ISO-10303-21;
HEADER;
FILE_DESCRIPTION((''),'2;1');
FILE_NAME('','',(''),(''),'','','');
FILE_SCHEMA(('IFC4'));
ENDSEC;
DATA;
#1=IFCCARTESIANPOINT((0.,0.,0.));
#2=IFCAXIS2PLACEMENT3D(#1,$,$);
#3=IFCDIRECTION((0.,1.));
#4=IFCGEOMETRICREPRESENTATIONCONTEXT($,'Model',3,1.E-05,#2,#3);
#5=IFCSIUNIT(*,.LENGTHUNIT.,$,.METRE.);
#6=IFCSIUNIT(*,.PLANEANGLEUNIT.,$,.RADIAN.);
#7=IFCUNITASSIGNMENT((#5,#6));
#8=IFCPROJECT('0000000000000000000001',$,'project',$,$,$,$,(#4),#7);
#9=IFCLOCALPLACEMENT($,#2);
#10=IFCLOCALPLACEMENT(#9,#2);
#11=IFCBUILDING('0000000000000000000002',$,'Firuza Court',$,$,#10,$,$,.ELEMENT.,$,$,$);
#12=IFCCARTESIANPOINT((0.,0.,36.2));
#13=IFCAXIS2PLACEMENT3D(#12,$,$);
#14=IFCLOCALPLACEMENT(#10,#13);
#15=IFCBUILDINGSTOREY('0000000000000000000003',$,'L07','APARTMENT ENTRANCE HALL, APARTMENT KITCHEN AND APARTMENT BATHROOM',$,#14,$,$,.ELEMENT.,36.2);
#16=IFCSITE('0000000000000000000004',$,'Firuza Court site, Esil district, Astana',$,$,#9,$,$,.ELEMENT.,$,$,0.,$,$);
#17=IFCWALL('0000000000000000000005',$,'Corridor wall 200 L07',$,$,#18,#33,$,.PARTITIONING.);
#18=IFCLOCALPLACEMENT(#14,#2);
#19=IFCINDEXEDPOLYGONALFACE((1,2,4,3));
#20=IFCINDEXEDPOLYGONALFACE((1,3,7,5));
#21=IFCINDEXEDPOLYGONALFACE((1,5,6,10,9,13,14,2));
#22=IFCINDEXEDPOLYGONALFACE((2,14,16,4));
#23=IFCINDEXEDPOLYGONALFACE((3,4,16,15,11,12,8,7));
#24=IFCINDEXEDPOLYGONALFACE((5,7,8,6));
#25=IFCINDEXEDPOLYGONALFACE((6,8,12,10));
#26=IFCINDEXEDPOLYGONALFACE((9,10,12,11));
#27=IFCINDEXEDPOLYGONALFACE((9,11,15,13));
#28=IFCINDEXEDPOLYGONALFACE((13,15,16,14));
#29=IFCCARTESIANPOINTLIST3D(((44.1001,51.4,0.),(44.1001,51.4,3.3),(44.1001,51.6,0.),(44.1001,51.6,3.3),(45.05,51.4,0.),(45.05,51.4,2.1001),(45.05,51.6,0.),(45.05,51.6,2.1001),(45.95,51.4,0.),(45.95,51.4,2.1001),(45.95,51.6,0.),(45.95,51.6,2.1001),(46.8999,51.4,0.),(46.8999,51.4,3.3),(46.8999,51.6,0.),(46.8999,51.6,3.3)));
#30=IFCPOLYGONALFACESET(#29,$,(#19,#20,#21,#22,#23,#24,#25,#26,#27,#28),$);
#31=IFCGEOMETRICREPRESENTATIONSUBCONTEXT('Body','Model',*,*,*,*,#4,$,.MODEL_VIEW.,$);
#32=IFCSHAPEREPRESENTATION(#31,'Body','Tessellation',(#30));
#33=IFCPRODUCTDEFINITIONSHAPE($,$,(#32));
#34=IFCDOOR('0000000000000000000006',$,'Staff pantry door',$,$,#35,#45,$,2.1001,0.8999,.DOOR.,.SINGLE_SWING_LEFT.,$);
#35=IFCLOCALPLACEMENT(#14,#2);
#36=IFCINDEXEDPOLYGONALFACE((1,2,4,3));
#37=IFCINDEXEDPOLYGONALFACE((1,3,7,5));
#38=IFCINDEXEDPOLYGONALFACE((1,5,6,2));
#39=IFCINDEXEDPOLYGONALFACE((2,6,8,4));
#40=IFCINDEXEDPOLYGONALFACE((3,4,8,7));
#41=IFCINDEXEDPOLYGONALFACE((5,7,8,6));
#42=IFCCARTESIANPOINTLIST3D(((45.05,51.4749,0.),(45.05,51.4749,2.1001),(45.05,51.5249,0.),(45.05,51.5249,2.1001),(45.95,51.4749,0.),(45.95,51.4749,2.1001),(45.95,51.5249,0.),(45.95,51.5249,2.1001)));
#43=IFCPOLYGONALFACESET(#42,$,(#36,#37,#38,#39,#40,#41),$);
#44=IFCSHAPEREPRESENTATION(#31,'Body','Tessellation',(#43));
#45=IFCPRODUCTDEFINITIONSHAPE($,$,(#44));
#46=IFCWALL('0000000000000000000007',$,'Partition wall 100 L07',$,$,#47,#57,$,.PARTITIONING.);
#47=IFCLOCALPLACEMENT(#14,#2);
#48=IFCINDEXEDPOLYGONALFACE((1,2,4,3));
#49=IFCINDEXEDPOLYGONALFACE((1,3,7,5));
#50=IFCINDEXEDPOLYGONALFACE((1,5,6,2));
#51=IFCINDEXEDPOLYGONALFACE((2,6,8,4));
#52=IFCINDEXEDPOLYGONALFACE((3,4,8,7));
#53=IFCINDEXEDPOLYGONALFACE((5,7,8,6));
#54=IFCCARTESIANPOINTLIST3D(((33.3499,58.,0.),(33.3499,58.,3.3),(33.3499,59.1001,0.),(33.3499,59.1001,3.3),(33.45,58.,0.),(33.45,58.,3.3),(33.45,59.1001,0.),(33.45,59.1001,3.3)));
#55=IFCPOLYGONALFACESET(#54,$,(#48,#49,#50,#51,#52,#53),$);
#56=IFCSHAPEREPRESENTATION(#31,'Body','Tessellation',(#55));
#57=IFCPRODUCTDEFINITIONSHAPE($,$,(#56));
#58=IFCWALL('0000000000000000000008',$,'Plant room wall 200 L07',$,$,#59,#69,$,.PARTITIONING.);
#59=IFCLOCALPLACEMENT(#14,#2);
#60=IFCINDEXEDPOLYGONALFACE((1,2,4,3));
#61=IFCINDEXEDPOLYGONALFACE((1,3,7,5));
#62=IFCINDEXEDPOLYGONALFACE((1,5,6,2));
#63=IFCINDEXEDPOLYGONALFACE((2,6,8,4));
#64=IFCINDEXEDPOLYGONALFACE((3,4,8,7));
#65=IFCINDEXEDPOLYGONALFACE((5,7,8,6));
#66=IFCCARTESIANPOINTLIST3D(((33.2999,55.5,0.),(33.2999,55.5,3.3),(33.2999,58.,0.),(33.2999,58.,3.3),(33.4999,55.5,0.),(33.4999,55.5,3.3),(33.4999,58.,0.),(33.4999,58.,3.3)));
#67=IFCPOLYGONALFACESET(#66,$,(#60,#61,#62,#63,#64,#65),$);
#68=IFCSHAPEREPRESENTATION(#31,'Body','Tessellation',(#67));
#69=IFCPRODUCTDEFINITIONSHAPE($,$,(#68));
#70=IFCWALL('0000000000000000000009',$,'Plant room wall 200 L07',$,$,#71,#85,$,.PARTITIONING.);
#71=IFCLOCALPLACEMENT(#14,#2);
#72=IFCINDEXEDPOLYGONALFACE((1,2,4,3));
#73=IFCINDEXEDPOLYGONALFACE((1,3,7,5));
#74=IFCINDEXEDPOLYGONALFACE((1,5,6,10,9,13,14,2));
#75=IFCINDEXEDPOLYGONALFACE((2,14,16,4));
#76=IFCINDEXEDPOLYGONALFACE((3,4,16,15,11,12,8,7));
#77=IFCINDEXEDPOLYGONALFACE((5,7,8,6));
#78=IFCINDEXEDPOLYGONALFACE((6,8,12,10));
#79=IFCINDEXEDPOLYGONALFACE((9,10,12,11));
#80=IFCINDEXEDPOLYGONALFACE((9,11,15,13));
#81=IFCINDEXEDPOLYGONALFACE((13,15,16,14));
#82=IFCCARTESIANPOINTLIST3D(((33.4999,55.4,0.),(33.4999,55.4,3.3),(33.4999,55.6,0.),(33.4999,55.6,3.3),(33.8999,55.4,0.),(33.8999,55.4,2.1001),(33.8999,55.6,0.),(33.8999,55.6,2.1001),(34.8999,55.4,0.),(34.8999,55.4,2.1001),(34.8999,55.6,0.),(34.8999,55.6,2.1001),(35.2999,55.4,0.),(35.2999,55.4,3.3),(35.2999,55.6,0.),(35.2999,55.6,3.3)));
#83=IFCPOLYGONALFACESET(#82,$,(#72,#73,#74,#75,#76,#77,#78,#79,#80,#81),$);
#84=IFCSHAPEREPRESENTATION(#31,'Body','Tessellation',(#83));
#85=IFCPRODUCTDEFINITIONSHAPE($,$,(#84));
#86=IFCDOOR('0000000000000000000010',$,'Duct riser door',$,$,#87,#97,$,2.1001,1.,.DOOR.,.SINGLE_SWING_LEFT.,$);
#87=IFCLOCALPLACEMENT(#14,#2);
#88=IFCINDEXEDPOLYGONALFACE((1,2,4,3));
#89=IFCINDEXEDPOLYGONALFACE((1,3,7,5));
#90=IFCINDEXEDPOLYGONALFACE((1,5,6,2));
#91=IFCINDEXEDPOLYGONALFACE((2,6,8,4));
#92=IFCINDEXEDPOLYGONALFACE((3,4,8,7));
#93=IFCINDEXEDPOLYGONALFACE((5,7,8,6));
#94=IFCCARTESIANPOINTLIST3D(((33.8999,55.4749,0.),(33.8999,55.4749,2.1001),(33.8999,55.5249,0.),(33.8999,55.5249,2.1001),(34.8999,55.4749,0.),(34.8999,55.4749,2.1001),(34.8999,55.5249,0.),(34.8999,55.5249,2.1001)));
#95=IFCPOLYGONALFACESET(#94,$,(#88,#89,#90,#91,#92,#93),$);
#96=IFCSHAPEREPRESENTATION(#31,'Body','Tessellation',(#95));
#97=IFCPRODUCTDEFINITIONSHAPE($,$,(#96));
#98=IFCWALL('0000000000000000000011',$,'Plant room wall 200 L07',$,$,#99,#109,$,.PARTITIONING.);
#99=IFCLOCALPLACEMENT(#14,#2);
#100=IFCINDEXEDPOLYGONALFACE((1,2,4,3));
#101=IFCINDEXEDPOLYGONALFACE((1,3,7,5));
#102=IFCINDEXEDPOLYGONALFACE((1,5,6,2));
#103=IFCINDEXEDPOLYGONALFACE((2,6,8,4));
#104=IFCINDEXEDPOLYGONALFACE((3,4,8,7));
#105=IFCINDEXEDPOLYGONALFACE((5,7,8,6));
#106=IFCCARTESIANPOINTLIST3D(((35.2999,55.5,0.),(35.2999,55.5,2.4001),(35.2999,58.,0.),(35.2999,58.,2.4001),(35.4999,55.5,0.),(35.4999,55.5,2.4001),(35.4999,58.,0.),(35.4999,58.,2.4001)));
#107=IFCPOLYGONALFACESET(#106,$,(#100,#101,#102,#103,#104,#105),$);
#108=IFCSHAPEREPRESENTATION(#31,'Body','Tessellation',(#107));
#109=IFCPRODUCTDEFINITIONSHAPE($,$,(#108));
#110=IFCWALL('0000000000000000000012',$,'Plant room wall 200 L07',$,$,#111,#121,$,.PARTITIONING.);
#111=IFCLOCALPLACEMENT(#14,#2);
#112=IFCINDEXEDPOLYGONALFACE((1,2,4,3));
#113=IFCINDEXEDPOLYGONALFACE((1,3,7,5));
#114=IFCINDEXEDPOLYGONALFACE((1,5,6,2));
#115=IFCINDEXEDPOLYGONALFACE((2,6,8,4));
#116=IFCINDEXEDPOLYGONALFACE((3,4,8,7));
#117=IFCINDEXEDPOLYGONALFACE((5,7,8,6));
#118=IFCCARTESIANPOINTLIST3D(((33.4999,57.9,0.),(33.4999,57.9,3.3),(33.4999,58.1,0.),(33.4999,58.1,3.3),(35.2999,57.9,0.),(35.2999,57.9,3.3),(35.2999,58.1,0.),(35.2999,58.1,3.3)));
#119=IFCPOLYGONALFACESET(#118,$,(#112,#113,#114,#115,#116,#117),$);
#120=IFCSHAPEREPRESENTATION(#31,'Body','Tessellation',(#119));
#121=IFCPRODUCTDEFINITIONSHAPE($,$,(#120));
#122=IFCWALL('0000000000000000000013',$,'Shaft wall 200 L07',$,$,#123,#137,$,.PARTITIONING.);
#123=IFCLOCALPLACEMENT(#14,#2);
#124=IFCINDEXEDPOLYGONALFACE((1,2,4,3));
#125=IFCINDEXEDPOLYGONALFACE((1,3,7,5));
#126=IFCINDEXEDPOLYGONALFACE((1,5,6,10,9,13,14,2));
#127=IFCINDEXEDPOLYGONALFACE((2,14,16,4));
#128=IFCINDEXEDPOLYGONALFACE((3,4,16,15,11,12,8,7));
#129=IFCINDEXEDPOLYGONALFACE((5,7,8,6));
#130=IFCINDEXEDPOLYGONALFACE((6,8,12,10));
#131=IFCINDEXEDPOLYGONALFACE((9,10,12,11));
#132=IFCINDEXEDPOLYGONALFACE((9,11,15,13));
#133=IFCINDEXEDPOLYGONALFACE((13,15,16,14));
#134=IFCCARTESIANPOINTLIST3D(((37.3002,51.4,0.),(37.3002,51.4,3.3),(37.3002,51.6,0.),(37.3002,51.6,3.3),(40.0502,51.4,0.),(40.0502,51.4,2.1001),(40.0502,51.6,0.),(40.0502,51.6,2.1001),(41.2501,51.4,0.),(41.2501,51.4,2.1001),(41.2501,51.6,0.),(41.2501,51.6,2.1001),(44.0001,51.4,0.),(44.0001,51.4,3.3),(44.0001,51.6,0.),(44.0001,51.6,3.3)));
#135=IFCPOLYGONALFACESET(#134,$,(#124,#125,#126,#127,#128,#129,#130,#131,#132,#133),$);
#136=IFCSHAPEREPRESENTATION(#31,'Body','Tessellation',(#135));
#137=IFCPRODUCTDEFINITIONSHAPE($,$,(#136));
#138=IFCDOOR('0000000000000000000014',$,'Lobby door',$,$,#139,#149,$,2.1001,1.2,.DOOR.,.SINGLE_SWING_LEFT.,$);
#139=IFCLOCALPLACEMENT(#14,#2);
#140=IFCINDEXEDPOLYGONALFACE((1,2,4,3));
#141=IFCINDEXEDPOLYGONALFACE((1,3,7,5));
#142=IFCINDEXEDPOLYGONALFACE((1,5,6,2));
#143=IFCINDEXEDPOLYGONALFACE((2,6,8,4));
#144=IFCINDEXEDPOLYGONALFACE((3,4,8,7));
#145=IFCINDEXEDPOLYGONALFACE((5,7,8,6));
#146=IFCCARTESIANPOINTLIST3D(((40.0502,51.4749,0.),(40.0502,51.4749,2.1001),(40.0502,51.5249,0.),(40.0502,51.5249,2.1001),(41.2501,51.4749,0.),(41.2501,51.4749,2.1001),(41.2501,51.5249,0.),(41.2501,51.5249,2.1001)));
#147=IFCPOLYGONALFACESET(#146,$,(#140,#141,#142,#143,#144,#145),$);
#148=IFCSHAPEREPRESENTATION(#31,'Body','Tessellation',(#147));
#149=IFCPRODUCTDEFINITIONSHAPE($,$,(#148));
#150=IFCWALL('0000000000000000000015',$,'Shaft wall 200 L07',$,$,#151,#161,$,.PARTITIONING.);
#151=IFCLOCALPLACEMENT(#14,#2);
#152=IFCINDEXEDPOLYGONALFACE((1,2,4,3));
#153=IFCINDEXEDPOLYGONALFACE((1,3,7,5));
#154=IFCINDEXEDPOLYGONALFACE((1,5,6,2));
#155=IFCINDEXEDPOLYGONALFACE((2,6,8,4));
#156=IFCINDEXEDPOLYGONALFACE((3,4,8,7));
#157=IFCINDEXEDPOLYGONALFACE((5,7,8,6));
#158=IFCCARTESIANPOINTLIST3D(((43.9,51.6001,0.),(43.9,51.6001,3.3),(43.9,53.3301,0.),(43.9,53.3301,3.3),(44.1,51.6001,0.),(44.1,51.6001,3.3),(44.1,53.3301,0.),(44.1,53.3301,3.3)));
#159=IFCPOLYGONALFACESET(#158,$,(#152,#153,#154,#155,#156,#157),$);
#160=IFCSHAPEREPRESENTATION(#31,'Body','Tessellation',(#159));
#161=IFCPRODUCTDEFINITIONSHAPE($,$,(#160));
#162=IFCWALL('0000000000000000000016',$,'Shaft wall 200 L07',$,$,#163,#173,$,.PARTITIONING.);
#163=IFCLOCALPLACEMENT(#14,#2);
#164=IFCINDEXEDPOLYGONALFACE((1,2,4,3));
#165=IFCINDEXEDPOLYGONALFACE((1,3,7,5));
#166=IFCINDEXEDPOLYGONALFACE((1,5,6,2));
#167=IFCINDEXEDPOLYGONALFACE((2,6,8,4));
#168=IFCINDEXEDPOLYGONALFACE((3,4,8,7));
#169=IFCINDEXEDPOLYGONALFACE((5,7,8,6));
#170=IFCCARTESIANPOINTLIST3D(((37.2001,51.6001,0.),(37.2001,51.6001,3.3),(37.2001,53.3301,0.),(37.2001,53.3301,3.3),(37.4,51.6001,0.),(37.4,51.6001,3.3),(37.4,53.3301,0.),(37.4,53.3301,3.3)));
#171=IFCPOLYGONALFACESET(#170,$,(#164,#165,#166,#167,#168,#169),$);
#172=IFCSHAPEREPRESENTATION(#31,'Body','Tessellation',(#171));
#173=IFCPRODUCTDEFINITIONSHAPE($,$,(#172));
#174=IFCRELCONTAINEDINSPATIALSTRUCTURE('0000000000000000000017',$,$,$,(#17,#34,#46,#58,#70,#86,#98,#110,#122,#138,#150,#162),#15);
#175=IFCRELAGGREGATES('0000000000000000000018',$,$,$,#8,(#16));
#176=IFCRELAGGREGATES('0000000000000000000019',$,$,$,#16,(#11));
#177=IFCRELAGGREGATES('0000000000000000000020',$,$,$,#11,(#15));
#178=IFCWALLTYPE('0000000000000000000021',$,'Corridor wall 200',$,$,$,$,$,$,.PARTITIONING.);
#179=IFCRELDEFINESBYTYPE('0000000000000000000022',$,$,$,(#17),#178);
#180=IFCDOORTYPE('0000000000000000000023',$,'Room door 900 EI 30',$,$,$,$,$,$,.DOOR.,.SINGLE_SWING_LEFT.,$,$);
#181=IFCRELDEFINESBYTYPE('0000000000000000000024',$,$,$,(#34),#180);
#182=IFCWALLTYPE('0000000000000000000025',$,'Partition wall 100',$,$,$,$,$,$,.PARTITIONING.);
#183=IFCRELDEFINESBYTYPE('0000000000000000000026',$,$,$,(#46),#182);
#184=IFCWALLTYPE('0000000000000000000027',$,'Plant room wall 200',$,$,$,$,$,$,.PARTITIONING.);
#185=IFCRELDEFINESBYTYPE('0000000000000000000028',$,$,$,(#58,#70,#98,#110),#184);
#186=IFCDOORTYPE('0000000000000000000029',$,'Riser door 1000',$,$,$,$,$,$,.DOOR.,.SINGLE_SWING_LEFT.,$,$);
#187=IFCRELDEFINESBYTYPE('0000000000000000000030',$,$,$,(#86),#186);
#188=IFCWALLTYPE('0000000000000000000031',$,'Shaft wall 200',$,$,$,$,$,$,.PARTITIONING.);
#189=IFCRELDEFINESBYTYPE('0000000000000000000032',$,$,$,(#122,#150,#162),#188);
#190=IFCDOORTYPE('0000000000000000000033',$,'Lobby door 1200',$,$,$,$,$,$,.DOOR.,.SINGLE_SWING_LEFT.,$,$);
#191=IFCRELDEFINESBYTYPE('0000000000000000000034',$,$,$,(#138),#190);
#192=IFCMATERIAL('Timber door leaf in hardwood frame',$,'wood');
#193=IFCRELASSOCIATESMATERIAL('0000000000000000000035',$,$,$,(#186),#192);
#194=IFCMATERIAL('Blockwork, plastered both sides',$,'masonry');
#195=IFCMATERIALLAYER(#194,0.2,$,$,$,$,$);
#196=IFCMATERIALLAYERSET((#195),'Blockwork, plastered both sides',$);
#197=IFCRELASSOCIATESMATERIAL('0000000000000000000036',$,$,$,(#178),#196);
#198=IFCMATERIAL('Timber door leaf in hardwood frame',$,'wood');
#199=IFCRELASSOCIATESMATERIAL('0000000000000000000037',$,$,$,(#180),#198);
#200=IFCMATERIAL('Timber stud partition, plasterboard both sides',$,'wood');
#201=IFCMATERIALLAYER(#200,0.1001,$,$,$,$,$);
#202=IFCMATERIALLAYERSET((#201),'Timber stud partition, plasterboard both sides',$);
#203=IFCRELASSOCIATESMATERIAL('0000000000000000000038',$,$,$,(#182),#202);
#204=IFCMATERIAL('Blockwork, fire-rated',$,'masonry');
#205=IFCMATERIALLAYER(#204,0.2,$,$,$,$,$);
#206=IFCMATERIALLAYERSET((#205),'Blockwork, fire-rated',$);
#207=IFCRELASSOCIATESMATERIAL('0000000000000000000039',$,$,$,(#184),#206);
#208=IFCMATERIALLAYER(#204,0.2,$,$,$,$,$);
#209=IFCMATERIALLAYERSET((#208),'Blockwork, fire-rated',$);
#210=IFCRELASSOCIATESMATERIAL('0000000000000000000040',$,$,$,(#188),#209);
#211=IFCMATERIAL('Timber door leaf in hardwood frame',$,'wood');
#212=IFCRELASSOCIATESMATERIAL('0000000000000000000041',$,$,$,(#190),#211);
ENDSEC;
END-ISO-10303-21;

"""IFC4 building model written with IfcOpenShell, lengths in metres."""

from ifc_helpers import new_model, si_unit, direction, frame, frame_2d, origin, place, context, subcontext, project, spatial, rectangle, extrude, material, layer, layer_set, type_object, element, fill, save


model = new_model("IFC4")

# Units and contexts
model_context = context("Model", 3, precision=1e-05, world=origin(), true_north=direction((0.0, 1.0)))
body_context = subcontext(model_context, "Body", "Model", "MODEL_VIEW")
ifc_project = project(units=[si_unit("LENGTHUNIT", "METRE"), si_unit("PLANEANGLEUNIT", "RADIAN")], contexts=[model_context])

# Site, building, storey
site_placement = place(None, origin())
site = spatial("IfcSite", under=ifc_project, at=site_placement, Name="Firuza Court site, Esil district, Astana", CompositionType="ELEMENT", RefElevation=0.0)
building_placement = place(site_placement, origin())
building = spatial("IfcBuilding", under=site, at=building_placement, Name="Firuza Court", CompositionType="ELEMENT")
storey_placement = place(building_placement, frame((0.0, 0.0, 36.2)))
storey = spatial("IfcBuildingStorey", under=building, at=storey_placement, Name="L07", Description="APARTMENT ENTRANCE HALL, APARTMENT KITCHEN AND APARTMENT BATHROOM", CompositionType="ELEMENT", Elevation=36.2)

# Shared definitions
ifc_material_1 = material(Name="Timber door leaf in hardwood frame", Category="wood")
door_type_1 = type_object("IfcDoorType", Name="Riser door 1000", OperationType="SINGLE_SWING_LEFT", PredefinedType="DOOR", material=ifc_material_1)

# Wall, opening, door
ifc_material_2 = material(Name="Blockwork, plastered both sides", Category="masonry")
ifc_layer_1 = layer(ifc_material_2, 0.2)
ifc_layer_set_1 = layer_set([ifc_layer_1], Name="Blockwork, plastered both sides")
wall_type_1 = type_object("IfcWallType", Name="Corridor wall 200", PredefinedType="PARTITIONING", material=ifc_layer_set_1)
wall_1_placement = place(storey_placement, frame((44.1001, 51.5, 0.0), z_axis=(0.0, 0.0, 1.0), x_axis=(1.0, 0.0, 0.0)))
wall_1 = element("IfcWall", 1, at=wall_1_placement, inside=storey, type_object=wall_type_1, Name="Corridor wall 200 L07", PredefinedType="PARTITIONING", context=body_context, shape_type="SweptSolid", body=[
    extrude(rectangle(XDim=2.7998, YDim=0.2, at=frame_2d((1.3999, 0.0))), origin(), (0.0, 0.0, 1.0), 3.3),
])
opening_1_placement = place(wall_1_placement, frame((0.95, 0.0, 0.0)))
opening_1 = element("IfcOpeningElement", 2, at=opening_1_placement, cuts=wall_1, PredefinedType="OPENING", context=body_context, shape_type="SweptSolid", body=[
    extrude(rectangle(XDim=0.8999, YDim=2.1001, at=frame_2d((0.45, 1.05))), frame((0.0, 0.1118, 0.0), z_axis=(0.0, -1.0, 0.0), x_axis=(1.0, 0.0, 0.0)), (0.0, 0.0, 1.0), 0.2239),
])
ifc_material_3 = material(Name="Timber door leaf in hardwood frame", Category="wood")
door_type_2 = type_object("IfcDoorType", Name="Room door 900 EI 30", OperationType="SINGLE_SWING_LEFT", PredefinedType="DOOR", material=ifc_material_3)
door_1_placement = place(opening_1_placement, origin())
door_1 = element("IfcDoor", 3, at=door_1_placement, inside=storey, type_object=door_type_2, Name="Staff pantry door", OperationType="SINGLE_SWING_LEFT", OverallHeight=2.1001, OverallWidth=0.8999, PredefinedType="DOOR", context=body_context, shape_type="SweptSolid", body=[
    extrude(rectangle(XDim=0.8999, YDim=2.1001, at=frame_2d((0.45, 1.05))), frame((0.0, 0.0249, 0.0), z_axis=(0.0, -1.0, 0.0), x_axis=(1.0, 0.0, 0.0)), (0.0, 0.0, 1.0), 0.05),
])
fill(opening_1, door_1)

# Walls
ifc_material_4 = material(Name="Timber stud partition, plasterboard both sides", Category="wood")
ifc_layer_2 = layer(ifc_material_4, 0.1001)
ifc_layer_set_2 = layer_set([ifc_layer_2], Name="Timber stud partition, plasterboard both sides")
wall_type_2 = type_object("IfcWallType", Name="Partition wall 100", PredefinedType="PARTITIONING", material=ifc_layer_set_2)
wall_2_placement = place(storey_placement, frame((33.3999, 58.0, 0.0), z_axis=(0.0, 0.0, 1.0), x_axis=(0.0, 1.0, 0.0)))
element("IfcWall", 4, at=wall_2_placement, inside=storey, type_object=wall_type_2, Name="Partition wall 100 L07", PredefinedType="PARTITIONING", context=body_context, shape_type="SweptSolid", body=[
    extrude(rectangle(XDim=1.1001, YDim=0.1001, at=frame_2d((0.55, 0.0))), origin(), (0.0, 0.0, 1.0), 3.3),
])
ifc_material_5 = material(Name="Blockwork, fire-rated", Category="masonry")
ifc_layer_3 = layer(ifc_material_5, 0.2)
ifc_layer_set_3 = layer_set([ifc_layer_3], Name="Blockwork, fire-rated")
wall_type_3 = type_object("IfcWallType", Name="Plant room wall 200", PredefinedType="PARTITIONING", material=ifc_layer_set_3)
wall_3_placement = place(storey_placement, frame((33.3999, 55.5, 0.0), z_axis=(0.0, 0.0, 1.0), x_axis=(0.0, 1.0, 0.0)))
element("IfcWall", 5, at=wall_3_placement, inside=storey, type_object=wall_type_3, Name="Plant room wall 200 L07", PredefinedType="PARTITIONING", context=body_context, shape_type="SweptSolid", body=[
    extrude(rectangle(XDim=2.5, YDim=0.2, at=frame_2d((1.25, 0.0))), origin(), (0.0, 0.0, 1.0), 3.3),
])

# Wall, opening, door
wall_4_placement = place(storey_placement, frame((33.5, 55.5, 0.0), z_axis=(0.0, 0.0, 1.0), x_axis=(1.0, 0.0, 0.0)))
wall_4 = element("IfcWall", 6, at=wall_4_placement, inside=storey, type_object=wall_type_3, Name="Plant room wall 200 L07", PredefinedType="PARTITIONING", context=body_context, shape_type="SweptSolid", body=[
    extrude(rectangle(XDim=1.8, YDim=0.2, at=frame_2d((0.8999, 0.0))), origin(), (0.0, 0.0, 1.0), 3.3),
])
opening_2_placement = place(wall_4_placement, frame((0.3999, 0.0, 0.0)))
opening_2 = element("IfcOpeningElement", 7, at=opening_2_placement, cuts=wall_4, PredefinedType="OPENING", context=body_context, shape_type="SweptSolid", body=[
    extrude(rectangle(XDim=1.0, YDim=2.1001, at=frame_2d((0.5, 1.05))), frame((0.0, 0.1118, 0.0), z_axis=(0.0, -1.0, 0.0), x_axis=(1.0, 0.0, 0.0)), (0.0, 0.0, 1.0), 0.2239),
])
door_2_placement = place(opening_2_placement, origin())
door_2 = element("IfcDoor", 8, at=door_2_placement, inside=storey, type_object=door_type_1, Name="Duct riser door", OperationType="SINGLE_SWING_LEFT", OverallHeight=2.1001, OverallWidth=1.0, PredefinedType="DOOR", context=body_context, shape_type="SweptSolid", body=[
    extrude(rectangle(XDim=1.0, YDim=2.1001, at=frame_2d((0.5, 1.05))), frame((0.0, 0.0249, 0.0), z_axis=(0.0, -1.0, 0.0), x_axis=(1.0, 0.0, 0.0)), (0.0, 0.0, 1.0), 0.05),
])
fill(opening_2, door_2)

# Walls
wall_5_placement = place(storey_placement, frame((35.3999, 55.5, 0.0), z_axis=(0.0, 0.0, 1.0), x_axis=(0.0, 1.0, 0.0)))
element("IfcWall", 9, at=wall_5_placement, inside=storey, type_object=wall_type_3, Name="Plant room wall 200 L07", PredefinedType="PARTITIONING", context=body_context, shape_type="SweptSolid", body=[
    extrude(rectangle(XDim=2.5, YDim=0.2, at=frame_2d((1.25, 0.0))), origin(), (0.0, 0.0, 1.0), 2.4001),
])
wall_6_placement = place(storey_placement, frame((33.5, 58.0, 0.0), z_axis=(0.0, 0.0, 1.0), x_axis=(1.0, 0.0, 0.0)))
element("IfcWall", 10, at=wall_6_placement, inside=storey, type_object=wall_type_3, Name="Plant room wall 200 L07", PredefinedType="PARTITIONING", context=body_context, shape_type="SweptSolid", body=[
    extrude(rectangle(XDim=1.8, YDim=0.2, at=frame_2d((0.8999, 0.0))), origin(), (0.0, 0.0, 1.0), 3.3),
])

# Wall, opening, door
ifc_layer_4 = layer(ifc_material_5, 0.2)
ifc_layer_set_4 = layer_set([ifc_layer_4], Name="Blockwork, fire-rated")
wall_type_4 = type_object("IfcWallType", Name="Shaft wall 200", PredefinedType="PARTITIONING", material=ifc_layer_set_4)
wall_7_placement = place(storey_placement, frame((37.3, 51.5, 0.0), z_axis=(0.0, 0.0, 1.0), x_axis=(1.0, 0.0, 0.0)))
wall_7 = element("IfcWall", 11, at=wall_7_placement, inside=storey, type_object=wall_type_4, Name="Shaft wall 200 L07", PredefinedType="PARTITIONING", context=body_context, shape_type="SweptSolid", body=[
    extrude(rectangle(XDim=6.7, YDim=0.2, at=frame_2d((3.3501, 0.0))), origin(), (0.0, 0.0, 1.0), 3.3),
])
opening_3_placement = place(wall_7_placement, frame((2.75, 0.0, 0.0)))
opening_3 = element("IfcOpeningElement", 12, at=opening_3_placement, cuts=wall_7, PredefinedType="OPENING", context=body_context, shape_type="SweptSolid", body=[
    extrude(rectangle(XDim=1.2, YDim=2.1001, at=frame_2d((0.6001, 1.05))), frame((0.0, 0.1118, 0.0), z_axis=(0.0, -1.0, 0.0), x_axis=(1.0, 0.0, 0.0)), (0.0, 0.0, 1.0), 0.2239),
])
ifc_material_6 = material(Name="Timber door leaf in hardwood frame", Category="wood")
door_type_3 = type_object("IfcDoorType", Name="Lobby door 1200", OperationType="SINGLE_SWING_LEFT", PredefinedType="DOOR", material=ifc_material_6)
door_3_placement = place(opening_3_placement, origin())
door_3 = element("IfcDoor", 13, at=door_3_placement, inside=storey, type_object=door_type_3, Name="Lobby door", OperationType="SINGLE_SWING_LEFT", OverallHeight=2.1001, OverallWidth=1.2, PredefinedType="DOOR", context=body_context, shape_type="SweptSolid", body=[
    extrude(rectangle(XDim=1.2, YDim=2.1001, at=frame_2d((0.6001, 1.05))), frame((0.0, 0.0249, 0.0), z_axis=(0.0, -1.0, 0.0), x_axis=(1.0, 0.0, 0.0)), (0.0, 0.0, 1.0), 0.05),
])
fill(opening_3, door_3)

# Walls
for number, where, z_axis, x_axis, name in (
    (14, (44.0, 51.6001, 0.0), (0.0, 0.0, 1.0), (0.0, 1.0, 0.0), "Shaft wall 200 L07"),
    (15, (37.3, 51.6001, 0.0), (0.0, 0.0, 1.0), (0.0, 1.0, 0.0), "Shaft wall 200 L07"),
):
    element("IfcWall", number, at=place(storey_placement, frame(where, z_axis=z_axis, x_axis=x_axis)), inside=storey, type_object=wall_type_4, Name=name, PredefinedType="PARTITIONING", context=body_context, shape_type="SweptSolid", body=[
        extrude(rectangle(XDim=1.73, YDim=0.2, at=frame_2d((0.865, 0.0))), origin(), (0.0, 0.0, 1.0), 3.3),
    ])

save(model, "model.ifc")
